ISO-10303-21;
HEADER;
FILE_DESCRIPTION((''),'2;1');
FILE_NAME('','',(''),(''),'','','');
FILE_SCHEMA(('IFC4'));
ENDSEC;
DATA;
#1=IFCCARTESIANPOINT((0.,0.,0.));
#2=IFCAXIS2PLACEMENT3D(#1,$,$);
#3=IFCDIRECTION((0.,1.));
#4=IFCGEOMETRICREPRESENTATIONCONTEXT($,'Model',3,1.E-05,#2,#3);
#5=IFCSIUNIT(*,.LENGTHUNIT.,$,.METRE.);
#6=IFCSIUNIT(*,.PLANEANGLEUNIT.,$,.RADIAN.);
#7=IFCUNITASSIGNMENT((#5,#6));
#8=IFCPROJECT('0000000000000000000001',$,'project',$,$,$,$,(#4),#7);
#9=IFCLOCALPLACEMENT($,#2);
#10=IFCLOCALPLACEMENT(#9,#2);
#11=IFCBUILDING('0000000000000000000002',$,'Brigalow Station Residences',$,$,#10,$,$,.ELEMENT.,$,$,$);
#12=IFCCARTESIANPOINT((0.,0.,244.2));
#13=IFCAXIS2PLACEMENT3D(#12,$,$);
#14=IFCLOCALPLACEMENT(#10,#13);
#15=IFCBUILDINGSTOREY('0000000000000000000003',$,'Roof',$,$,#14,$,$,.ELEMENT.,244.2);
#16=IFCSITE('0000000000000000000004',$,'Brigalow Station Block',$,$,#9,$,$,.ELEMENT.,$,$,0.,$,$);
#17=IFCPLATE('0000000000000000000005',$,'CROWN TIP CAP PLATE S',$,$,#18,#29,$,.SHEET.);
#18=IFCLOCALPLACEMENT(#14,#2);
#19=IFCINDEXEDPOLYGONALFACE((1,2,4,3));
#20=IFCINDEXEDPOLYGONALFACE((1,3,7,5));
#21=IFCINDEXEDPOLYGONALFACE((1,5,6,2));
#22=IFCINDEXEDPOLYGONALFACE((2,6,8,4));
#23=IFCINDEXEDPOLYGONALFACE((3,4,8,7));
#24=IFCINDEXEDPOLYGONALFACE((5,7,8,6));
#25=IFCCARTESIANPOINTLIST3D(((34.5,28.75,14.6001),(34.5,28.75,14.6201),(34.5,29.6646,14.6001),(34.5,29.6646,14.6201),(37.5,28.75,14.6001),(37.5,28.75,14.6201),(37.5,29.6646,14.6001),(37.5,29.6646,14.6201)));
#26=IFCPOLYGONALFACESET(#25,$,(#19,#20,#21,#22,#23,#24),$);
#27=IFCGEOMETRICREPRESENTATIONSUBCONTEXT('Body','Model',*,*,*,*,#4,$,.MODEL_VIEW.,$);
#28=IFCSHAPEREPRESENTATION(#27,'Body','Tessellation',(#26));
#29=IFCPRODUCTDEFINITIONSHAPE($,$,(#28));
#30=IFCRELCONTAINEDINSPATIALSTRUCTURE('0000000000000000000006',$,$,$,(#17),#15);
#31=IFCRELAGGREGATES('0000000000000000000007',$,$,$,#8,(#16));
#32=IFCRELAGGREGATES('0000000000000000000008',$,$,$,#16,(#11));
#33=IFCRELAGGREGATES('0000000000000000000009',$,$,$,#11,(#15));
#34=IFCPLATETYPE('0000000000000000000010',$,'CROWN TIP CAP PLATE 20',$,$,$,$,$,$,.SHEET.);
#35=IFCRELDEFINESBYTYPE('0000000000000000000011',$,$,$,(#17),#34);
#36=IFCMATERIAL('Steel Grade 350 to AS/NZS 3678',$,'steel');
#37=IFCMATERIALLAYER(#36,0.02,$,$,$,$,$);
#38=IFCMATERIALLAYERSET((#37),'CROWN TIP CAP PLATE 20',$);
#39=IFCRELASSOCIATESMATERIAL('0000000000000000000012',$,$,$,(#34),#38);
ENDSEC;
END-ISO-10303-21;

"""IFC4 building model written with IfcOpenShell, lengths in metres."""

from ifc_helpers import new_model, si_unit, direction, frame, origin, place, context, subcontext, project, spatial, polyline, outline, extrude, material, layer, layer_set, type_object, element, save


model = new_model("IFC4")

# Units and contexts
model_context = context("Model", 3, precision=1e-05, world=origin(), true_north=direction((0.0, 1.0)))
body_context = subcontext(model_context, "Body", "Model", "MODEL_VIEW")
ifc_project = project(units=[si_unit("LENGTHUNIT", "METRE"), si_unit("PLANEANGLEUNIT", "RADIAN")], contexts=[model_context])

# Site, building, storey
site_placement = place(None, origin())
site = spatial("IfcSite", under=ifc_project, at=site_placement, Name="Brigalow Station Block", CompositionType="ELEMENT", RefElevation=0.0)
building_placement = place(site_placement, origin())
building = spatial("IfcBuilding", under=site, at=building_placement, Name="Brigalow Station Residences", CompositionType="ELEMENT")
storey_placement = place(building_placement, frame((0.0, 0.0, 244.2)))
storey = spatial("IfcBuildingStorey", under=building, at=storey_placement, Name="Roof", CompositionType="ELEMENT", Elevation=244.2)

# Plate
ifc_material_1 = material(Name="Steel Grade 350 to AS/NZS 3678", Category="steel")
ifc_layer_1 = layer(ifc_material_1, 0.02)
ifc_layer_set_1 = layer_set([ifc_layer_1], Name="CROWN TIP CAP PLATE 20")
plate_type_1 = type_object("IfcPlateType", Name="CROWN TIP CAP PLATE 20", PredefinedType="SHEET", material=ifc_layer_set_1)
plate_1_placement = place(storey_placement, frame((34.5, 28.75, 14.6201), z_axis=(0.0, 0.0, 1.0), x_axis=(1.0, 0.0, 0.0)))
element("IfcPlate", 1, at=plate_1_placement, inside=storey, type_object=plate_type_1, Name="CROWN TIP CAP PLATE S", PredefinedType="SHEET", context=body_context, shape_type="SweptSolid", body=[
    extrude(outline(polyline([(0.0, 0.0), (3.0, 0.0), (3.0, 0.9146), (0.0, 0.9146), (0.0, 0.0)])), origin(), (0.0, 0.0, -1.0), 0.02),
])

save(model, "model.ifc")
